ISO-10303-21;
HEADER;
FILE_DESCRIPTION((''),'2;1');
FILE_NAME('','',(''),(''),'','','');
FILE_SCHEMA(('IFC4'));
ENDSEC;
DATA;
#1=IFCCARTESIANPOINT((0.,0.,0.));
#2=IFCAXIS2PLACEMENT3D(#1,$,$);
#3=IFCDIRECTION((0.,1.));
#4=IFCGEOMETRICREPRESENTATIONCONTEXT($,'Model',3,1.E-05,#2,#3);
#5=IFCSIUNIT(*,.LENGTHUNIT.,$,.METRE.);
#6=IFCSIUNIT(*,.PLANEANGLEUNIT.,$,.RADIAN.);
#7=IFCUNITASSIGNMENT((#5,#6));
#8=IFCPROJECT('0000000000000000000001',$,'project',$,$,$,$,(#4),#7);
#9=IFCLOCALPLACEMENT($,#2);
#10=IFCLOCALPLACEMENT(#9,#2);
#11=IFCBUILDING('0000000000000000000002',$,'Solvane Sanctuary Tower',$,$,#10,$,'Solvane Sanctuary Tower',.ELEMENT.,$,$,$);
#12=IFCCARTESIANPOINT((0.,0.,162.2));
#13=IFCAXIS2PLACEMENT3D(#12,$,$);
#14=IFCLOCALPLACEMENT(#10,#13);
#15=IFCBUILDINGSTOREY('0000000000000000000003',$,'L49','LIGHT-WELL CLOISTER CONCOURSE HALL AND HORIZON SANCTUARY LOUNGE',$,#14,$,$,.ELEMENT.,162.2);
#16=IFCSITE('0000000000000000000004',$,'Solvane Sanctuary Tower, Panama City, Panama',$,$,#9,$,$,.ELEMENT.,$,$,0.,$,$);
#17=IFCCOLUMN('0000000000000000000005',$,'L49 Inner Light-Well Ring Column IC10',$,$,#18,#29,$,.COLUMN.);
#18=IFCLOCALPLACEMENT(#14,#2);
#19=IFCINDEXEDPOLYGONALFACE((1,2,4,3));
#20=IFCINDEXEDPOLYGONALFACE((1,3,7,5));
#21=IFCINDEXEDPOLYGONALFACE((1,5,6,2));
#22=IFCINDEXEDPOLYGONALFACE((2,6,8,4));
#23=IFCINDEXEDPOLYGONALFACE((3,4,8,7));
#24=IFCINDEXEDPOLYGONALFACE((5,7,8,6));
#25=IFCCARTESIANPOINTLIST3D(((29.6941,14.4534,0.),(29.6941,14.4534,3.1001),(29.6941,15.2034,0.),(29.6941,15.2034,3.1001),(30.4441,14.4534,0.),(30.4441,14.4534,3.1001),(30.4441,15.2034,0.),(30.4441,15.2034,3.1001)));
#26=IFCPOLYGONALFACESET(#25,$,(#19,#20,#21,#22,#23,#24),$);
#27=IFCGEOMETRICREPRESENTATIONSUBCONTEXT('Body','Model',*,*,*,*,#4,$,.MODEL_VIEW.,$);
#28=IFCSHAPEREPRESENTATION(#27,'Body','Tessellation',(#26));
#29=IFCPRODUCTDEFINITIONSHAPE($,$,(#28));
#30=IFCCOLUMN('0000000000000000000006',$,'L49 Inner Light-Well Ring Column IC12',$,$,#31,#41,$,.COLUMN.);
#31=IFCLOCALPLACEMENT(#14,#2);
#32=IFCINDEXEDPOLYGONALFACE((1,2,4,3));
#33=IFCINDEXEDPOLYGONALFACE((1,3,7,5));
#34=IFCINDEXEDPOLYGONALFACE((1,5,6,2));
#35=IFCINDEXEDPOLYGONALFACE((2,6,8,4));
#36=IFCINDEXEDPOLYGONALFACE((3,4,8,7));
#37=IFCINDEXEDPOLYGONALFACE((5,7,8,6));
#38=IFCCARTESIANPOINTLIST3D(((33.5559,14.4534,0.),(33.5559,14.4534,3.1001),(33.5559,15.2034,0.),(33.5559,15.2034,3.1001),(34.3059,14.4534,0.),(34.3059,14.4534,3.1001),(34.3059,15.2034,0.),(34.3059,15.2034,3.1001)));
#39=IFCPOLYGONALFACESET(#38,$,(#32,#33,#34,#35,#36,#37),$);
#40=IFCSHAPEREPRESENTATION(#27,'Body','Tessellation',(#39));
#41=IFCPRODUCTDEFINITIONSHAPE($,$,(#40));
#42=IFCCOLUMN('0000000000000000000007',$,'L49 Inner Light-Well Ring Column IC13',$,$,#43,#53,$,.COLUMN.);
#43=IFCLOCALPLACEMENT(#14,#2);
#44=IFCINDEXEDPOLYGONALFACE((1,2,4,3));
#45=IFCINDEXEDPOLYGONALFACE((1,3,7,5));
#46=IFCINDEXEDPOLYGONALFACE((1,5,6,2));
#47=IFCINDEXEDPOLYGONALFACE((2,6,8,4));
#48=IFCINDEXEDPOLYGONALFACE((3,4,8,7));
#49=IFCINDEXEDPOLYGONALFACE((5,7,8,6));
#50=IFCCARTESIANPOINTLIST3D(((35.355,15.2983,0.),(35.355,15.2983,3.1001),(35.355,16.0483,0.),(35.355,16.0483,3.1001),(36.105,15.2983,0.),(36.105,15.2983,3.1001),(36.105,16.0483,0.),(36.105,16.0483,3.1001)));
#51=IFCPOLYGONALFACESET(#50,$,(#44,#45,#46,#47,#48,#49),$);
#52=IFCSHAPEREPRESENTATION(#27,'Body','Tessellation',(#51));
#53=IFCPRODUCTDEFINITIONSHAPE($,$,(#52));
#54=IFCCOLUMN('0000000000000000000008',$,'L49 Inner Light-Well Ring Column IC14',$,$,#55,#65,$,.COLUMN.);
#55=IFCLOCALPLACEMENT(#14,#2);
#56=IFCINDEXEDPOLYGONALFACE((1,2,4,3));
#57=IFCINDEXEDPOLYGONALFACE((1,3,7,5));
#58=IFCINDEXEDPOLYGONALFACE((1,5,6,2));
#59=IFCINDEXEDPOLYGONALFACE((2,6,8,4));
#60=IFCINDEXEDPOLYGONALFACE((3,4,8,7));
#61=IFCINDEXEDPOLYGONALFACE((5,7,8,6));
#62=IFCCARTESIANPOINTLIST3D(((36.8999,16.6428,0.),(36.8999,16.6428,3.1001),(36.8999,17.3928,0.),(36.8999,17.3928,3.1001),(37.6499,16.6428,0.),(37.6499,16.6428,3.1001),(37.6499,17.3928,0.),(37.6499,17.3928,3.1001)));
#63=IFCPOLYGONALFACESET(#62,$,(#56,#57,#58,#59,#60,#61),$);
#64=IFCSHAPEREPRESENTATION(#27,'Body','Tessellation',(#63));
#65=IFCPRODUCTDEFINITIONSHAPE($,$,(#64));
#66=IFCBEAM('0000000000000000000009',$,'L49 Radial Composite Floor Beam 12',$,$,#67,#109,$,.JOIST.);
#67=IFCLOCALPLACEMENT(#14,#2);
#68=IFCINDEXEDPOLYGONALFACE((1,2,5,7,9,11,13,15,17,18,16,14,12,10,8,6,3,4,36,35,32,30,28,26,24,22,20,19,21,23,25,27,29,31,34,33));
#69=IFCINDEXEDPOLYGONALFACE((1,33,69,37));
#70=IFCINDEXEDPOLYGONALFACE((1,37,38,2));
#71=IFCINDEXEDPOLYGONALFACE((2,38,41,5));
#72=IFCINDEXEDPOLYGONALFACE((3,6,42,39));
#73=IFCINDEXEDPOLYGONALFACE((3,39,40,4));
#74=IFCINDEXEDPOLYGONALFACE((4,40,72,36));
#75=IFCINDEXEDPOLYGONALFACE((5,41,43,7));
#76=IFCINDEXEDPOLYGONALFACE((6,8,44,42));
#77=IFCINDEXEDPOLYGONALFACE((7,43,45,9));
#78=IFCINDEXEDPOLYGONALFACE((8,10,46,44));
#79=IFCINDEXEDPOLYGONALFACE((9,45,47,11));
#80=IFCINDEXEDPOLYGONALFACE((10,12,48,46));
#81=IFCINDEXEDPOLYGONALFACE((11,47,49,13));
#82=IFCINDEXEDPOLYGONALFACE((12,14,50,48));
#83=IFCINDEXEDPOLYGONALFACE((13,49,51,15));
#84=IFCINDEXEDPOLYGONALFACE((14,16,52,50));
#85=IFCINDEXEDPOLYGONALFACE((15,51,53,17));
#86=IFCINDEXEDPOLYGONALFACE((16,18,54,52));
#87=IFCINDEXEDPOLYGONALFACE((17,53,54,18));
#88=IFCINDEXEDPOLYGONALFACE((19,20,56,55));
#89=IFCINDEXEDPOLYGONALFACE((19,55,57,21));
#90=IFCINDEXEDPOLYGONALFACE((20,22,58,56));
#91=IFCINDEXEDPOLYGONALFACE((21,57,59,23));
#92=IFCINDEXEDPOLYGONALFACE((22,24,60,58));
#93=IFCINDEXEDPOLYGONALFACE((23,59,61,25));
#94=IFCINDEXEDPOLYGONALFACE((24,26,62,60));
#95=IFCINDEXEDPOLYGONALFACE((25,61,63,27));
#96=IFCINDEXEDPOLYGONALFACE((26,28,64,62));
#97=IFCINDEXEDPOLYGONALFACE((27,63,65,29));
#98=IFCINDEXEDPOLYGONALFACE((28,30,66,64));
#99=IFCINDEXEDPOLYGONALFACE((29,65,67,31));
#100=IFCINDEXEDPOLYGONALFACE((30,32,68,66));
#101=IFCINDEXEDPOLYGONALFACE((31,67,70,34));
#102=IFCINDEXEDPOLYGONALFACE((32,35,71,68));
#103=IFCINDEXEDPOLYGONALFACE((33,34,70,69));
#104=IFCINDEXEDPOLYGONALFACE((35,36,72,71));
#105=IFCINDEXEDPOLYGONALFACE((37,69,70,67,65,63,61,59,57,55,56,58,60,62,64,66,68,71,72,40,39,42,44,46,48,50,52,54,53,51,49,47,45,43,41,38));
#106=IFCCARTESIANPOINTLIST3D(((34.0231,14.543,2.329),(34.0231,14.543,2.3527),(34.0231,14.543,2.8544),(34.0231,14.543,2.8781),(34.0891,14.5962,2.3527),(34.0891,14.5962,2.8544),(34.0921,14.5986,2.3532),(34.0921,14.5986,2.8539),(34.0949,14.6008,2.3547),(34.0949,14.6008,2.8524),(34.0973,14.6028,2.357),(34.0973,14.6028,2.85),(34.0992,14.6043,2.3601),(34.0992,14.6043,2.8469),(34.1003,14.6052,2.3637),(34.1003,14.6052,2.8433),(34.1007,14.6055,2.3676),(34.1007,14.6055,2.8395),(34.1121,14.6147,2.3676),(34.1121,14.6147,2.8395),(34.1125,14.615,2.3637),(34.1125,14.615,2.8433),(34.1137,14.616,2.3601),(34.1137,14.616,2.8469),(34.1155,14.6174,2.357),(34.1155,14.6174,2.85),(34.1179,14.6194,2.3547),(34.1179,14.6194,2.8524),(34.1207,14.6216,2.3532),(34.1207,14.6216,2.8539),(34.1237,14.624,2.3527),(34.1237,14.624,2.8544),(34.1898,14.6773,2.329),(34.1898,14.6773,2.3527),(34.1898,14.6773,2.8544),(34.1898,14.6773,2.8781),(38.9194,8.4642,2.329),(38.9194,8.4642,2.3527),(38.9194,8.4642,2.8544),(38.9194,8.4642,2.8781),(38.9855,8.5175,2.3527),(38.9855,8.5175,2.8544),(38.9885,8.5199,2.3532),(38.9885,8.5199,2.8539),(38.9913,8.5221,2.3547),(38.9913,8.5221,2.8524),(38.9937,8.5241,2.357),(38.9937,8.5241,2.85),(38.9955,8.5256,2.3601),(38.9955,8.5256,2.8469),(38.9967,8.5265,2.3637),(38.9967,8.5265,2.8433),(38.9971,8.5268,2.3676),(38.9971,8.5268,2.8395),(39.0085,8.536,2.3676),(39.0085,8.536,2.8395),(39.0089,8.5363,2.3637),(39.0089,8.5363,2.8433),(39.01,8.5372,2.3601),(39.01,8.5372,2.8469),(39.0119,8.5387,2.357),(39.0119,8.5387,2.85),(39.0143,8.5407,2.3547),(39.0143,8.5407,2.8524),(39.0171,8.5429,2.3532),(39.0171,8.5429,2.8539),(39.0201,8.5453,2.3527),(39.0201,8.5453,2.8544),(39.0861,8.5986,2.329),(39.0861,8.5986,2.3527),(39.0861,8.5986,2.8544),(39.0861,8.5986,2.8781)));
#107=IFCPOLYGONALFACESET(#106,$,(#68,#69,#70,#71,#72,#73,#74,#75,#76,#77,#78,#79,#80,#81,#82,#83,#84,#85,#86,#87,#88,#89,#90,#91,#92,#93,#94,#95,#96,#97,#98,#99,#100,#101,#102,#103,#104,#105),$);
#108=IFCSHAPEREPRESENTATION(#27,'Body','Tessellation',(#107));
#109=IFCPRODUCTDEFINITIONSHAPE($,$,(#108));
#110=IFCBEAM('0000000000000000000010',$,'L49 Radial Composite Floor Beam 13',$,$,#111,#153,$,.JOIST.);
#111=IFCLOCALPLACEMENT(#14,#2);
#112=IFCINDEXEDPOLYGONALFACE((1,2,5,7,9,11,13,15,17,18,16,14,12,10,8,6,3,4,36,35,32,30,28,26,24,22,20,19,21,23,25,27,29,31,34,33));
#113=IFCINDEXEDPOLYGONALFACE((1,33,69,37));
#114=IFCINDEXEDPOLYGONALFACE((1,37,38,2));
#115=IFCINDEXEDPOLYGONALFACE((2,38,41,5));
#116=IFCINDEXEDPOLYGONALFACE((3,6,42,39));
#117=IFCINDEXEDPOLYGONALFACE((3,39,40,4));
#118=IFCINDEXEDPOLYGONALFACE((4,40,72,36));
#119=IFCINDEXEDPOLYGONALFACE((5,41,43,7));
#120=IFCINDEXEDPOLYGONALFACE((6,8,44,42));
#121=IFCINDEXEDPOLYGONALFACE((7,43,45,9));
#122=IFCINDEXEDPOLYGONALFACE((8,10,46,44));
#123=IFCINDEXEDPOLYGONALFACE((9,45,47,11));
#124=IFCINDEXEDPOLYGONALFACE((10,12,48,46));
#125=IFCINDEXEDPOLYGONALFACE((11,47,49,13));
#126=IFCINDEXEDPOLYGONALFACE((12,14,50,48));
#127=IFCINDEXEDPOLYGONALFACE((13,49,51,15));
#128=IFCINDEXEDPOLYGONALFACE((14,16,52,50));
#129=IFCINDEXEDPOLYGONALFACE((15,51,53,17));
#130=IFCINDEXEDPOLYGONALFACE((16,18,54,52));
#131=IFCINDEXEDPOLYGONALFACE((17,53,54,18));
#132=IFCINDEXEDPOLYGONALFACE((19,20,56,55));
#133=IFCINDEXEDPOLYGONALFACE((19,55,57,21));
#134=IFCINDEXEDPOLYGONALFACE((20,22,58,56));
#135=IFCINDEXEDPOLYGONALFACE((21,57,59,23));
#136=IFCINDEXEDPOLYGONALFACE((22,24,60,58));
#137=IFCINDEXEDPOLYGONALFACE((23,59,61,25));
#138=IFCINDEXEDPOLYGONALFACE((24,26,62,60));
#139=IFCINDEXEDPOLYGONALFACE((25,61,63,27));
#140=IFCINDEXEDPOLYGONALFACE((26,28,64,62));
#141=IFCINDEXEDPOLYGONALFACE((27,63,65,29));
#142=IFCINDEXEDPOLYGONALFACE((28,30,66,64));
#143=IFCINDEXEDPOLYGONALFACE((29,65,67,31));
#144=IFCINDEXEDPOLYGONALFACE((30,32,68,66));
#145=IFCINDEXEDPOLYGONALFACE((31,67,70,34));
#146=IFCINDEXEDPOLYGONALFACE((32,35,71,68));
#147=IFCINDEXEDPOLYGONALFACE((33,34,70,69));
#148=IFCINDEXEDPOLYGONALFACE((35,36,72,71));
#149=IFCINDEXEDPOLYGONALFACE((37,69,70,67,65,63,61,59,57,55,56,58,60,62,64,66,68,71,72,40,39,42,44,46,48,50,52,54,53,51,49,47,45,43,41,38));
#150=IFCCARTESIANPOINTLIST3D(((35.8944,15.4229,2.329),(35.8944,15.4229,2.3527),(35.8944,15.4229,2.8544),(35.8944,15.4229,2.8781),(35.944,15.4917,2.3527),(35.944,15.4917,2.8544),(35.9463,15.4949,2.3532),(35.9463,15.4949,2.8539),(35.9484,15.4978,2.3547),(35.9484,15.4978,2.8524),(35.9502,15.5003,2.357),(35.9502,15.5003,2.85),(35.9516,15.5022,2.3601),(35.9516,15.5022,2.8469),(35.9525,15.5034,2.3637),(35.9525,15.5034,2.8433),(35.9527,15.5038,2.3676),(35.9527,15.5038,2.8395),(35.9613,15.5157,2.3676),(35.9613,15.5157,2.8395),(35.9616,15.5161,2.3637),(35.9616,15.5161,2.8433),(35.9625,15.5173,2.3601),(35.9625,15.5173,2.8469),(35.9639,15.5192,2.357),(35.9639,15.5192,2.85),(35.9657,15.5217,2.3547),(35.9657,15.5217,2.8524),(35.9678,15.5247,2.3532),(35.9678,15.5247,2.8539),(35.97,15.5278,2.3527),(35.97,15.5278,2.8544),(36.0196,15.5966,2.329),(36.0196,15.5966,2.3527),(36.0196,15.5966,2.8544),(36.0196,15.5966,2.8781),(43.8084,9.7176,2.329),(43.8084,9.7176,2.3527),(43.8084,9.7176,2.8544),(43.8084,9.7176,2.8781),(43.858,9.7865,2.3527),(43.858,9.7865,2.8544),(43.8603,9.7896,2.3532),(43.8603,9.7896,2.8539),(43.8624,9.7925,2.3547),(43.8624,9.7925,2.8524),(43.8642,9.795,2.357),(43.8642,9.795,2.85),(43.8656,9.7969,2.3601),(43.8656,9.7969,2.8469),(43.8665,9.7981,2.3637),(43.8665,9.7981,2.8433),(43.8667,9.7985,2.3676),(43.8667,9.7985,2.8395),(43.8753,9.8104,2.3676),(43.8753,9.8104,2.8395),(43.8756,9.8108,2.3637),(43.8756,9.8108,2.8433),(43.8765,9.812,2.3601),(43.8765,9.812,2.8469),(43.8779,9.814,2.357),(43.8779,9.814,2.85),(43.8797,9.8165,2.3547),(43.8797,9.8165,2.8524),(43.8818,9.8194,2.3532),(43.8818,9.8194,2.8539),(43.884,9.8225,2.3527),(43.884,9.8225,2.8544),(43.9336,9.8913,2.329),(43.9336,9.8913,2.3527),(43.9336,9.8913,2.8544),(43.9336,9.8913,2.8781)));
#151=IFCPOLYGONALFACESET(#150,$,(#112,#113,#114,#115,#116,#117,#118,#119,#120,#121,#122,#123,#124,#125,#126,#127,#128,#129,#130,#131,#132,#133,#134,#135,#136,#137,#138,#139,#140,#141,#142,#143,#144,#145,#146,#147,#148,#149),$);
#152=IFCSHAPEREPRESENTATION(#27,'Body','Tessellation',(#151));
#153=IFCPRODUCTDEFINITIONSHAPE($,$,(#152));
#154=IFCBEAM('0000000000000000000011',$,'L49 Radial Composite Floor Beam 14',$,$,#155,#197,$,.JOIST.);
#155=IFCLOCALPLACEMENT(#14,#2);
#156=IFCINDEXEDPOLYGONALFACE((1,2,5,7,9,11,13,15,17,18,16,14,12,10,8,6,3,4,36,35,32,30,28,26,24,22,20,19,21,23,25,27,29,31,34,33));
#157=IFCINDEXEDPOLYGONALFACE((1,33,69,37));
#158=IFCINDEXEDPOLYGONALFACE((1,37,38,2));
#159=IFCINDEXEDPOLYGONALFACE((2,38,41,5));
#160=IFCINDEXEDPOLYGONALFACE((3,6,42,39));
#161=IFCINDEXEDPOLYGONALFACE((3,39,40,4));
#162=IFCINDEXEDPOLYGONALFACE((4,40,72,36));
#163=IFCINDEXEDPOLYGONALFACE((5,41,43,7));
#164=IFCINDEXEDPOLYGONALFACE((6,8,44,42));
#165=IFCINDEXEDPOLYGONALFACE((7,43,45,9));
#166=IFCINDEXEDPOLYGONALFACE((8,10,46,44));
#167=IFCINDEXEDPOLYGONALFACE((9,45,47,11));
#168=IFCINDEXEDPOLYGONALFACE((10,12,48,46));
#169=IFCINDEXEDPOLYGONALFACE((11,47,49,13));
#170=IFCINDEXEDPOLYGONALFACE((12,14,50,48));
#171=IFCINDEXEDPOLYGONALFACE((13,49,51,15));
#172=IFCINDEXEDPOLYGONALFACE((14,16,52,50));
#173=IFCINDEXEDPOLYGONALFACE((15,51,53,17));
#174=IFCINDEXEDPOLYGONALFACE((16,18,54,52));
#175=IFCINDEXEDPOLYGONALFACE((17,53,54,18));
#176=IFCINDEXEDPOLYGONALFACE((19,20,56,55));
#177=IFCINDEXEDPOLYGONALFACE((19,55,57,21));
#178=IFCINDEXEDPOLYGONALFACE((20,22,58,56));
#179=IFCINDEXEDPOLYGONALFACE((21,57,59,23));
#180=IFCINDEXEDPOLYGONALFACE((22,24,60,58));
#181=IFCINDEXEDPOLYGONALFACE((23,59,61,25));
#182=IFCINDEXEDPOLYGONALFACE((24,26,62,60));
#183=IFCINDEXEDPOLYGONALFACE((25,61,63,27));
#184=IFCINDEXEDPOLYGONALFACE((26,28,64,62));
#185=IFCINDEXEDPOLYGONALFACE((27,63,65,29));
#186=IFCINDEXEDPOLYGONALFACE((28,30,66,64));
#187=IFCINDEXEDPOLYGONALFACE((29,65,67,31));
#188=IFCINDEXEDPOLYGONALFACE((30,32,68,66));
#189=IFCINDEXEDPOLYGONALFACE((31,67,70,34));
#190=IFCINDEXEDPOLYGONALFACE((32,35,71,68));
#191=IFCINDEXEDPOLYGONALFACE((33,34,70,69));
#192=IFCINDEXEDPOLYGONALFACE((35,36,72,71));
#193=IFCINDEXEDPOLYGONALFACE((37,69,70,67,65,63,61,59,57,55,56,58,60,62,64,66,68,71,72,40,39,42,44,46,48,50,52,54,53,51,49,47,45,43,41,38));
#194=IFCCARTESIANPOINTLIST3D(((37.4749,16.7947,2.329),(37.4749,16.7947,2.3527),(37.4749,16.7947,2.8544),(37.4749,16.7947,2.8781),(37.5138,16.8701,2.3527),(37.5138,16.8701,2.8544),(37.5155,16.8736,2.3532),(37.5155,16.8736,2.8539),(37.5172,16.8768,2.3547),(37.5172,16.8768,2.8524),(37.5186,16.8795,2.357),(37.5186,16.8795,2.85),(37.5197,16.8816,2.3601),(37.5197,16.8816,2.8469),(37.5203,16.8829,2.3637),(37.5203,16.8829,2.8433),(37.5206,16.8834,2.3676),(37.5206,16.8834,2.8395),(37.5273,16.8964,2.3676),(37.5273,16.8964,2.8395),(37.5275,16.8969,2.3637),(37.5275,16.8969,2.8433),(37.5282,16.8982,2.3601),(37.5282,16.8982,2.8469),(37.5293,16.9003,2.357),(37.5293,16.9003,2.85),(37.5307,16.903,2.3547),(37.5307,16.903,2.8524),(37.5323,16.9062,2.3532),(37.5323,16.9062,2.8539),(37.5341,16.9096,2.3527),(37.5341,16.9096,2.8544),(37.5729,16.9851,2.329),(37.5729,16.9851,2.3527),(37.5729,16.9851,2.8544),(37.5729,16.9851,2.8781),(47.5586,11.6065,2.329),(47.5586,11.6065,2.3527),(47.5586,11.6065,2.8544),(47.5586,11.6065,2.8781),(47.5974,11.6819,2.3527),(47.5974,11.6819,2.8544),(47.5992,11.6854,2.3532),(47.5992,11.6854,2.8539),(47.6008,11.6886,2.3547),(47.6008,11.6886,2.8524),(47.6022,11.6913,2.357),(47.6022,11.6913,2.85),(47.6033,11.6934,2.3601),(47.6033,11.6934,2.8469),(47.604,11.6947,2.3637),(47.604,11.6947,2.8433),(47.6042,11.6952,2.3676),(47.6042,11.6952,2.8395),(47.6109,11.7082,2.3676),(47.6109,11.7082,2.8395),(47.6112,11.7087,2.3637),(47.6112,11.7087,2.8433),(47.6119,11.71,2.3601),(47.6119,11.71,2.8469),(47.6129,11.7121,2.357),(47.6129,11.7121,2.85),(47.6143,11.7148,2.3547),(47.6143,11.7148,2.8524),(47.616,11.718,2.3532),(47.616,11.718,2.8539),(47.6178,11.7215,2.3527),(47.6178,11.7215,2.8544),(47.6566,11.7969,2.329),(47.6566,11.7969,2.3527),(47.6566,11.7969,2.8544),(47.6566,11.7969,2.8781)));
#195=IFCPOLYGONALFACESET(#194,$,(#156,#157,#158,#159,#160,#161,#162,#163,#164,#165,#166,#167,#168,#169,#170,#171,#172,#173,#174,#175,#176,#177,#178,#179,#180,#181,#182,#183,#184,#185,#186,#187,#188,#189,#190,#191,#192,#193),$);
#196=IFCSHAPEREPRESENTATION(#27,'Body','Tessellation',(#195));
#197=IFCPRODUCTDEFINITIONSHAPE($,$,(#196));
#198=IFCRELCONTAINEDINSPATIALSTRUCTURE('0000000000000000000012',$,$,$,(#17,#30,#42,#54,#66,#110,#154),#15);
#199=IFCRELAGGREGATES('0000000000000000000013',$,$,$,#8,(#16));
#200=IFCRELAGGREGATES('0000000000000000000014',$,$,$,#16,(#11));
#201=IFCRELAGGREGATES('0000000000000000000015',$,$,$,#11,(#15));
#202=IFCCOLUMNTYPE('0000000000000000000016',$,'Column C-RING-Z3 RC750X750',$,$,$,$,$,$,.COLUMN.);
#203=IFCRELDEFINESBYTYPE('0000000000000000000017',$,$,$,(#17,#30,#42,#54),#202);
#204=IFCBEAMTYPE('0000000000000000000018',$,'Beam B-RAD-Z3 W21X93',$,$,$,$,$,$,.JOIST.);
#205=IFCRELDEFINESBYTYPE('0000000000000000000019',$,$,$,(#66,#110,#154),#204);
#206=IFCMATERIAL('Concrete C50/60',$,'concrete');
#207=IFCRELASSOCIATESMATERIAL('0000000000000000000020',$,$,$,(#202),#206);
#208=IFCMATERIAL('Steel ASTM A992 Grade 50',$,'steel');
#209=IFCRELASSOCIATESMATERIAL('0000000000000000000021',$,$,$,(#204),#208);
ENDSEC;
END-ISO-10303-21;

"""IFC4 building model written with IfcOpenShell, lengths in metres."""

from ifc_helpers import new_model, si_unit, direction, frame, origin, origin_2d, place, context, subcontext, project, spatial, rectangle, i_section, extrude, material, material_profile, profile_set, type_object, element, save


model = new_model("IFC4")

# Units and contexts
model_context = context("Model", 3, precision=1e-05, world=origin(), true_north=direction((0.0, 1.0)))
body_context = subcontext(model_context, "Body", "Model", "MODEL_VIEW")
ifc_project = project(units=[si_unit("LENGTHUNIT", "METRE"), si_unit("PLANEANGLEUNIT", "RADIAN")], contexts=[model_context])

# Site, building, storey
site_placement = place(None, origin())
site = spatial("IfcSite", under=ifc_project, at=site_placement, Name="Solvane Sanctuary Tower, Panama City, Panama", CompositionType="ELEMENT", RefElevation=0.0)
building_placement = place(site_placement, origin())
building = spatial("IfcBuilding", under=site, at=building_placement, Name="Solvane Sanctuary Tower", LongName="Solvane Sanctuary Tower", CompositionType="ELEMENT")
storey_placement = place(building_placement, frame((0.0, 0.0, 162.2)))
storey = spatial("IfcBuildingStorey", under=building, at=storey_placement, Name="L49", Description="LIGHT-WELL CLOISTER CONCOURSE HALL AND HORIZON SANCTUARY LOUNGE", CompositionType="ELEMENT", Elevation=162.2)

# Columns
ifc_material_1 = material(Name="Concrete C50/60", Category="concrete")
ifc_material_profile_1 = material_profile(ifc_material_1, rectangle(XDim=0.75, YDim=0.75, at=origin_2d()), Name="RC750X750")
ifc_profile_set_1 = profile_set([ifc_material_profile_1], Name="Concrete C50/60")
column_type = type_object("IfcColumnType", Name="Column C-RING-Z3 RC750X750", PredefinedType="COLUMN", material=ifc_profile_set_1)
for number, where, z_axis, x_axis, name in (
    (1, (30.0691, 14.8284, 0.0), (0.0, 0.0, 1.0), (1.0, 0.0, 0.0), "L49 Inner Light-Well Ring Column IC10"),
    (2, (33.9309, 14.8284, 0.0), (0.0, 0.0, 1.0), (1.0, 0.0, 0.0), "L49 Inner Light-Well Ring Column IC12"),
    (3, (35.73, 15.6733, 0.0), (0.0, 0.0, 1.0), (1.0, 0.0, 0.0), "L49 Inner Light-Well Ring Column IC13"),
    (4, (37.2749, 17.0178, 0.0), (0.0, 0.0, 1.0), (1.0, 0.0, 0.0), "L49 Inner Light-Well Ring Column IC14"),
):
    element("IfcColumn", number, at=place(storey_placement, frame(where, z_axis=z_axis, x_axis=x_axis)), inside=storey, type_object=column_type, Name=name, PredefinedType="COLUMN", context=body_context, shape_type="SweptSolid", body=[
        extrude(rectangle(XDim=0.75, YDim=0.75, at=origin_2d()), origin(), (0.0, 0.0, 1.0), 3.1001),
    ])

# Beams
ifc_material_2 = material(Name="Steel ASTM A992 Grade 50", Category="steel")
ifc_material_profile_2 = material_profile(ifc_material_2, i_section(OverallWidth=0.2141, OverallDepth=0.5491, WebThickness=0.0146, FlangeThickness=0.0237, FilletRadius=0.0149, at=origin_2d()), Name="W21X93")
ifc_profile_set_2 = profile_set([ifc_material_profile_2], Name="Steel ASTM A992 Grade 50")
beam_type_1 = type_object("IfcBeamType", Name="Beam B-RAD-Z3 W21X93", PredefinedType="JOIST", material=ifc_profile_set_2)
beam_1_placement = place(storey_placement, frame((34.1064, 14.6101, 2.6035), z_axis=(0.627297, -0.77878, 0.0), x_axis=(0.77878, 0.627297, 0.0)))
element("IfcBeam", 5, at=beam_1_placement, inside=storey, type_object=beam_type_1, Name="L49 Radial Composite Floor Beam 12", PredefinedType="JOIST", context=body_context, shape_type="SweptSolid", body=[
    extrude(i_section(OverallWidth=0.2141, OverallDepth=0.5491, WebThickness=0.0146, FlangeThickness=0.0237, FilletRadius=0.0149, at=origin_2d()), origin(), (0.0, 0.0, 1.0), 7.8054),
])
beam_2_placement = place(storey_placement, frame((35.957, 15.5098, 2.6035), z_axis=(0.811184, -0.58479, 0.0), x_axis=(0.58479, 0.811184, 0.0)))
element("IfcBeam", 6, at=beam_2_placement, inside=storey, type_object=beam_type_1, Name="L49 Radial Composite Floor Beam 13", PredefinedType="JOIST", context=body_context, shape_type="SweptSolid", body=[
    extrude(i_section(OverallWidth=0.2141, OverallDepth=0.5491, WebThickness=0.0146, FlangeThickness=0.0237, FilletRadius=0.0149, at=origin_2d()), origin(), (0.0, 0.0, 1.0), 9.7561),
])
beam_3_placement = place(storey_placement, frame((37.5239, 16.8899, 2.6035), z_axis=(0.889205, -0.457509, 0.0), x_axis=(0.457509, 0.889205, 0.0)))
element("IfcBeam", 7, at=beam_3_placement, inside=storey, type_object=beam_type_1, Name="L49 Radial Composite Floor Beam 14", PredefinedType="JOIST", context=body_context, shape_type="SweptSolid", body=[
    extrude(i_section(OverallWidth=0.2141, OverallDepth=0.5491, WebThickness=0.0146, FlangeThickness=0.0237, FilletRadius=0.0149, at=origin_2d()), origin(), (0.0, 0.0, 1.0), 11.3401),
])

save(model, "model.ifc")
